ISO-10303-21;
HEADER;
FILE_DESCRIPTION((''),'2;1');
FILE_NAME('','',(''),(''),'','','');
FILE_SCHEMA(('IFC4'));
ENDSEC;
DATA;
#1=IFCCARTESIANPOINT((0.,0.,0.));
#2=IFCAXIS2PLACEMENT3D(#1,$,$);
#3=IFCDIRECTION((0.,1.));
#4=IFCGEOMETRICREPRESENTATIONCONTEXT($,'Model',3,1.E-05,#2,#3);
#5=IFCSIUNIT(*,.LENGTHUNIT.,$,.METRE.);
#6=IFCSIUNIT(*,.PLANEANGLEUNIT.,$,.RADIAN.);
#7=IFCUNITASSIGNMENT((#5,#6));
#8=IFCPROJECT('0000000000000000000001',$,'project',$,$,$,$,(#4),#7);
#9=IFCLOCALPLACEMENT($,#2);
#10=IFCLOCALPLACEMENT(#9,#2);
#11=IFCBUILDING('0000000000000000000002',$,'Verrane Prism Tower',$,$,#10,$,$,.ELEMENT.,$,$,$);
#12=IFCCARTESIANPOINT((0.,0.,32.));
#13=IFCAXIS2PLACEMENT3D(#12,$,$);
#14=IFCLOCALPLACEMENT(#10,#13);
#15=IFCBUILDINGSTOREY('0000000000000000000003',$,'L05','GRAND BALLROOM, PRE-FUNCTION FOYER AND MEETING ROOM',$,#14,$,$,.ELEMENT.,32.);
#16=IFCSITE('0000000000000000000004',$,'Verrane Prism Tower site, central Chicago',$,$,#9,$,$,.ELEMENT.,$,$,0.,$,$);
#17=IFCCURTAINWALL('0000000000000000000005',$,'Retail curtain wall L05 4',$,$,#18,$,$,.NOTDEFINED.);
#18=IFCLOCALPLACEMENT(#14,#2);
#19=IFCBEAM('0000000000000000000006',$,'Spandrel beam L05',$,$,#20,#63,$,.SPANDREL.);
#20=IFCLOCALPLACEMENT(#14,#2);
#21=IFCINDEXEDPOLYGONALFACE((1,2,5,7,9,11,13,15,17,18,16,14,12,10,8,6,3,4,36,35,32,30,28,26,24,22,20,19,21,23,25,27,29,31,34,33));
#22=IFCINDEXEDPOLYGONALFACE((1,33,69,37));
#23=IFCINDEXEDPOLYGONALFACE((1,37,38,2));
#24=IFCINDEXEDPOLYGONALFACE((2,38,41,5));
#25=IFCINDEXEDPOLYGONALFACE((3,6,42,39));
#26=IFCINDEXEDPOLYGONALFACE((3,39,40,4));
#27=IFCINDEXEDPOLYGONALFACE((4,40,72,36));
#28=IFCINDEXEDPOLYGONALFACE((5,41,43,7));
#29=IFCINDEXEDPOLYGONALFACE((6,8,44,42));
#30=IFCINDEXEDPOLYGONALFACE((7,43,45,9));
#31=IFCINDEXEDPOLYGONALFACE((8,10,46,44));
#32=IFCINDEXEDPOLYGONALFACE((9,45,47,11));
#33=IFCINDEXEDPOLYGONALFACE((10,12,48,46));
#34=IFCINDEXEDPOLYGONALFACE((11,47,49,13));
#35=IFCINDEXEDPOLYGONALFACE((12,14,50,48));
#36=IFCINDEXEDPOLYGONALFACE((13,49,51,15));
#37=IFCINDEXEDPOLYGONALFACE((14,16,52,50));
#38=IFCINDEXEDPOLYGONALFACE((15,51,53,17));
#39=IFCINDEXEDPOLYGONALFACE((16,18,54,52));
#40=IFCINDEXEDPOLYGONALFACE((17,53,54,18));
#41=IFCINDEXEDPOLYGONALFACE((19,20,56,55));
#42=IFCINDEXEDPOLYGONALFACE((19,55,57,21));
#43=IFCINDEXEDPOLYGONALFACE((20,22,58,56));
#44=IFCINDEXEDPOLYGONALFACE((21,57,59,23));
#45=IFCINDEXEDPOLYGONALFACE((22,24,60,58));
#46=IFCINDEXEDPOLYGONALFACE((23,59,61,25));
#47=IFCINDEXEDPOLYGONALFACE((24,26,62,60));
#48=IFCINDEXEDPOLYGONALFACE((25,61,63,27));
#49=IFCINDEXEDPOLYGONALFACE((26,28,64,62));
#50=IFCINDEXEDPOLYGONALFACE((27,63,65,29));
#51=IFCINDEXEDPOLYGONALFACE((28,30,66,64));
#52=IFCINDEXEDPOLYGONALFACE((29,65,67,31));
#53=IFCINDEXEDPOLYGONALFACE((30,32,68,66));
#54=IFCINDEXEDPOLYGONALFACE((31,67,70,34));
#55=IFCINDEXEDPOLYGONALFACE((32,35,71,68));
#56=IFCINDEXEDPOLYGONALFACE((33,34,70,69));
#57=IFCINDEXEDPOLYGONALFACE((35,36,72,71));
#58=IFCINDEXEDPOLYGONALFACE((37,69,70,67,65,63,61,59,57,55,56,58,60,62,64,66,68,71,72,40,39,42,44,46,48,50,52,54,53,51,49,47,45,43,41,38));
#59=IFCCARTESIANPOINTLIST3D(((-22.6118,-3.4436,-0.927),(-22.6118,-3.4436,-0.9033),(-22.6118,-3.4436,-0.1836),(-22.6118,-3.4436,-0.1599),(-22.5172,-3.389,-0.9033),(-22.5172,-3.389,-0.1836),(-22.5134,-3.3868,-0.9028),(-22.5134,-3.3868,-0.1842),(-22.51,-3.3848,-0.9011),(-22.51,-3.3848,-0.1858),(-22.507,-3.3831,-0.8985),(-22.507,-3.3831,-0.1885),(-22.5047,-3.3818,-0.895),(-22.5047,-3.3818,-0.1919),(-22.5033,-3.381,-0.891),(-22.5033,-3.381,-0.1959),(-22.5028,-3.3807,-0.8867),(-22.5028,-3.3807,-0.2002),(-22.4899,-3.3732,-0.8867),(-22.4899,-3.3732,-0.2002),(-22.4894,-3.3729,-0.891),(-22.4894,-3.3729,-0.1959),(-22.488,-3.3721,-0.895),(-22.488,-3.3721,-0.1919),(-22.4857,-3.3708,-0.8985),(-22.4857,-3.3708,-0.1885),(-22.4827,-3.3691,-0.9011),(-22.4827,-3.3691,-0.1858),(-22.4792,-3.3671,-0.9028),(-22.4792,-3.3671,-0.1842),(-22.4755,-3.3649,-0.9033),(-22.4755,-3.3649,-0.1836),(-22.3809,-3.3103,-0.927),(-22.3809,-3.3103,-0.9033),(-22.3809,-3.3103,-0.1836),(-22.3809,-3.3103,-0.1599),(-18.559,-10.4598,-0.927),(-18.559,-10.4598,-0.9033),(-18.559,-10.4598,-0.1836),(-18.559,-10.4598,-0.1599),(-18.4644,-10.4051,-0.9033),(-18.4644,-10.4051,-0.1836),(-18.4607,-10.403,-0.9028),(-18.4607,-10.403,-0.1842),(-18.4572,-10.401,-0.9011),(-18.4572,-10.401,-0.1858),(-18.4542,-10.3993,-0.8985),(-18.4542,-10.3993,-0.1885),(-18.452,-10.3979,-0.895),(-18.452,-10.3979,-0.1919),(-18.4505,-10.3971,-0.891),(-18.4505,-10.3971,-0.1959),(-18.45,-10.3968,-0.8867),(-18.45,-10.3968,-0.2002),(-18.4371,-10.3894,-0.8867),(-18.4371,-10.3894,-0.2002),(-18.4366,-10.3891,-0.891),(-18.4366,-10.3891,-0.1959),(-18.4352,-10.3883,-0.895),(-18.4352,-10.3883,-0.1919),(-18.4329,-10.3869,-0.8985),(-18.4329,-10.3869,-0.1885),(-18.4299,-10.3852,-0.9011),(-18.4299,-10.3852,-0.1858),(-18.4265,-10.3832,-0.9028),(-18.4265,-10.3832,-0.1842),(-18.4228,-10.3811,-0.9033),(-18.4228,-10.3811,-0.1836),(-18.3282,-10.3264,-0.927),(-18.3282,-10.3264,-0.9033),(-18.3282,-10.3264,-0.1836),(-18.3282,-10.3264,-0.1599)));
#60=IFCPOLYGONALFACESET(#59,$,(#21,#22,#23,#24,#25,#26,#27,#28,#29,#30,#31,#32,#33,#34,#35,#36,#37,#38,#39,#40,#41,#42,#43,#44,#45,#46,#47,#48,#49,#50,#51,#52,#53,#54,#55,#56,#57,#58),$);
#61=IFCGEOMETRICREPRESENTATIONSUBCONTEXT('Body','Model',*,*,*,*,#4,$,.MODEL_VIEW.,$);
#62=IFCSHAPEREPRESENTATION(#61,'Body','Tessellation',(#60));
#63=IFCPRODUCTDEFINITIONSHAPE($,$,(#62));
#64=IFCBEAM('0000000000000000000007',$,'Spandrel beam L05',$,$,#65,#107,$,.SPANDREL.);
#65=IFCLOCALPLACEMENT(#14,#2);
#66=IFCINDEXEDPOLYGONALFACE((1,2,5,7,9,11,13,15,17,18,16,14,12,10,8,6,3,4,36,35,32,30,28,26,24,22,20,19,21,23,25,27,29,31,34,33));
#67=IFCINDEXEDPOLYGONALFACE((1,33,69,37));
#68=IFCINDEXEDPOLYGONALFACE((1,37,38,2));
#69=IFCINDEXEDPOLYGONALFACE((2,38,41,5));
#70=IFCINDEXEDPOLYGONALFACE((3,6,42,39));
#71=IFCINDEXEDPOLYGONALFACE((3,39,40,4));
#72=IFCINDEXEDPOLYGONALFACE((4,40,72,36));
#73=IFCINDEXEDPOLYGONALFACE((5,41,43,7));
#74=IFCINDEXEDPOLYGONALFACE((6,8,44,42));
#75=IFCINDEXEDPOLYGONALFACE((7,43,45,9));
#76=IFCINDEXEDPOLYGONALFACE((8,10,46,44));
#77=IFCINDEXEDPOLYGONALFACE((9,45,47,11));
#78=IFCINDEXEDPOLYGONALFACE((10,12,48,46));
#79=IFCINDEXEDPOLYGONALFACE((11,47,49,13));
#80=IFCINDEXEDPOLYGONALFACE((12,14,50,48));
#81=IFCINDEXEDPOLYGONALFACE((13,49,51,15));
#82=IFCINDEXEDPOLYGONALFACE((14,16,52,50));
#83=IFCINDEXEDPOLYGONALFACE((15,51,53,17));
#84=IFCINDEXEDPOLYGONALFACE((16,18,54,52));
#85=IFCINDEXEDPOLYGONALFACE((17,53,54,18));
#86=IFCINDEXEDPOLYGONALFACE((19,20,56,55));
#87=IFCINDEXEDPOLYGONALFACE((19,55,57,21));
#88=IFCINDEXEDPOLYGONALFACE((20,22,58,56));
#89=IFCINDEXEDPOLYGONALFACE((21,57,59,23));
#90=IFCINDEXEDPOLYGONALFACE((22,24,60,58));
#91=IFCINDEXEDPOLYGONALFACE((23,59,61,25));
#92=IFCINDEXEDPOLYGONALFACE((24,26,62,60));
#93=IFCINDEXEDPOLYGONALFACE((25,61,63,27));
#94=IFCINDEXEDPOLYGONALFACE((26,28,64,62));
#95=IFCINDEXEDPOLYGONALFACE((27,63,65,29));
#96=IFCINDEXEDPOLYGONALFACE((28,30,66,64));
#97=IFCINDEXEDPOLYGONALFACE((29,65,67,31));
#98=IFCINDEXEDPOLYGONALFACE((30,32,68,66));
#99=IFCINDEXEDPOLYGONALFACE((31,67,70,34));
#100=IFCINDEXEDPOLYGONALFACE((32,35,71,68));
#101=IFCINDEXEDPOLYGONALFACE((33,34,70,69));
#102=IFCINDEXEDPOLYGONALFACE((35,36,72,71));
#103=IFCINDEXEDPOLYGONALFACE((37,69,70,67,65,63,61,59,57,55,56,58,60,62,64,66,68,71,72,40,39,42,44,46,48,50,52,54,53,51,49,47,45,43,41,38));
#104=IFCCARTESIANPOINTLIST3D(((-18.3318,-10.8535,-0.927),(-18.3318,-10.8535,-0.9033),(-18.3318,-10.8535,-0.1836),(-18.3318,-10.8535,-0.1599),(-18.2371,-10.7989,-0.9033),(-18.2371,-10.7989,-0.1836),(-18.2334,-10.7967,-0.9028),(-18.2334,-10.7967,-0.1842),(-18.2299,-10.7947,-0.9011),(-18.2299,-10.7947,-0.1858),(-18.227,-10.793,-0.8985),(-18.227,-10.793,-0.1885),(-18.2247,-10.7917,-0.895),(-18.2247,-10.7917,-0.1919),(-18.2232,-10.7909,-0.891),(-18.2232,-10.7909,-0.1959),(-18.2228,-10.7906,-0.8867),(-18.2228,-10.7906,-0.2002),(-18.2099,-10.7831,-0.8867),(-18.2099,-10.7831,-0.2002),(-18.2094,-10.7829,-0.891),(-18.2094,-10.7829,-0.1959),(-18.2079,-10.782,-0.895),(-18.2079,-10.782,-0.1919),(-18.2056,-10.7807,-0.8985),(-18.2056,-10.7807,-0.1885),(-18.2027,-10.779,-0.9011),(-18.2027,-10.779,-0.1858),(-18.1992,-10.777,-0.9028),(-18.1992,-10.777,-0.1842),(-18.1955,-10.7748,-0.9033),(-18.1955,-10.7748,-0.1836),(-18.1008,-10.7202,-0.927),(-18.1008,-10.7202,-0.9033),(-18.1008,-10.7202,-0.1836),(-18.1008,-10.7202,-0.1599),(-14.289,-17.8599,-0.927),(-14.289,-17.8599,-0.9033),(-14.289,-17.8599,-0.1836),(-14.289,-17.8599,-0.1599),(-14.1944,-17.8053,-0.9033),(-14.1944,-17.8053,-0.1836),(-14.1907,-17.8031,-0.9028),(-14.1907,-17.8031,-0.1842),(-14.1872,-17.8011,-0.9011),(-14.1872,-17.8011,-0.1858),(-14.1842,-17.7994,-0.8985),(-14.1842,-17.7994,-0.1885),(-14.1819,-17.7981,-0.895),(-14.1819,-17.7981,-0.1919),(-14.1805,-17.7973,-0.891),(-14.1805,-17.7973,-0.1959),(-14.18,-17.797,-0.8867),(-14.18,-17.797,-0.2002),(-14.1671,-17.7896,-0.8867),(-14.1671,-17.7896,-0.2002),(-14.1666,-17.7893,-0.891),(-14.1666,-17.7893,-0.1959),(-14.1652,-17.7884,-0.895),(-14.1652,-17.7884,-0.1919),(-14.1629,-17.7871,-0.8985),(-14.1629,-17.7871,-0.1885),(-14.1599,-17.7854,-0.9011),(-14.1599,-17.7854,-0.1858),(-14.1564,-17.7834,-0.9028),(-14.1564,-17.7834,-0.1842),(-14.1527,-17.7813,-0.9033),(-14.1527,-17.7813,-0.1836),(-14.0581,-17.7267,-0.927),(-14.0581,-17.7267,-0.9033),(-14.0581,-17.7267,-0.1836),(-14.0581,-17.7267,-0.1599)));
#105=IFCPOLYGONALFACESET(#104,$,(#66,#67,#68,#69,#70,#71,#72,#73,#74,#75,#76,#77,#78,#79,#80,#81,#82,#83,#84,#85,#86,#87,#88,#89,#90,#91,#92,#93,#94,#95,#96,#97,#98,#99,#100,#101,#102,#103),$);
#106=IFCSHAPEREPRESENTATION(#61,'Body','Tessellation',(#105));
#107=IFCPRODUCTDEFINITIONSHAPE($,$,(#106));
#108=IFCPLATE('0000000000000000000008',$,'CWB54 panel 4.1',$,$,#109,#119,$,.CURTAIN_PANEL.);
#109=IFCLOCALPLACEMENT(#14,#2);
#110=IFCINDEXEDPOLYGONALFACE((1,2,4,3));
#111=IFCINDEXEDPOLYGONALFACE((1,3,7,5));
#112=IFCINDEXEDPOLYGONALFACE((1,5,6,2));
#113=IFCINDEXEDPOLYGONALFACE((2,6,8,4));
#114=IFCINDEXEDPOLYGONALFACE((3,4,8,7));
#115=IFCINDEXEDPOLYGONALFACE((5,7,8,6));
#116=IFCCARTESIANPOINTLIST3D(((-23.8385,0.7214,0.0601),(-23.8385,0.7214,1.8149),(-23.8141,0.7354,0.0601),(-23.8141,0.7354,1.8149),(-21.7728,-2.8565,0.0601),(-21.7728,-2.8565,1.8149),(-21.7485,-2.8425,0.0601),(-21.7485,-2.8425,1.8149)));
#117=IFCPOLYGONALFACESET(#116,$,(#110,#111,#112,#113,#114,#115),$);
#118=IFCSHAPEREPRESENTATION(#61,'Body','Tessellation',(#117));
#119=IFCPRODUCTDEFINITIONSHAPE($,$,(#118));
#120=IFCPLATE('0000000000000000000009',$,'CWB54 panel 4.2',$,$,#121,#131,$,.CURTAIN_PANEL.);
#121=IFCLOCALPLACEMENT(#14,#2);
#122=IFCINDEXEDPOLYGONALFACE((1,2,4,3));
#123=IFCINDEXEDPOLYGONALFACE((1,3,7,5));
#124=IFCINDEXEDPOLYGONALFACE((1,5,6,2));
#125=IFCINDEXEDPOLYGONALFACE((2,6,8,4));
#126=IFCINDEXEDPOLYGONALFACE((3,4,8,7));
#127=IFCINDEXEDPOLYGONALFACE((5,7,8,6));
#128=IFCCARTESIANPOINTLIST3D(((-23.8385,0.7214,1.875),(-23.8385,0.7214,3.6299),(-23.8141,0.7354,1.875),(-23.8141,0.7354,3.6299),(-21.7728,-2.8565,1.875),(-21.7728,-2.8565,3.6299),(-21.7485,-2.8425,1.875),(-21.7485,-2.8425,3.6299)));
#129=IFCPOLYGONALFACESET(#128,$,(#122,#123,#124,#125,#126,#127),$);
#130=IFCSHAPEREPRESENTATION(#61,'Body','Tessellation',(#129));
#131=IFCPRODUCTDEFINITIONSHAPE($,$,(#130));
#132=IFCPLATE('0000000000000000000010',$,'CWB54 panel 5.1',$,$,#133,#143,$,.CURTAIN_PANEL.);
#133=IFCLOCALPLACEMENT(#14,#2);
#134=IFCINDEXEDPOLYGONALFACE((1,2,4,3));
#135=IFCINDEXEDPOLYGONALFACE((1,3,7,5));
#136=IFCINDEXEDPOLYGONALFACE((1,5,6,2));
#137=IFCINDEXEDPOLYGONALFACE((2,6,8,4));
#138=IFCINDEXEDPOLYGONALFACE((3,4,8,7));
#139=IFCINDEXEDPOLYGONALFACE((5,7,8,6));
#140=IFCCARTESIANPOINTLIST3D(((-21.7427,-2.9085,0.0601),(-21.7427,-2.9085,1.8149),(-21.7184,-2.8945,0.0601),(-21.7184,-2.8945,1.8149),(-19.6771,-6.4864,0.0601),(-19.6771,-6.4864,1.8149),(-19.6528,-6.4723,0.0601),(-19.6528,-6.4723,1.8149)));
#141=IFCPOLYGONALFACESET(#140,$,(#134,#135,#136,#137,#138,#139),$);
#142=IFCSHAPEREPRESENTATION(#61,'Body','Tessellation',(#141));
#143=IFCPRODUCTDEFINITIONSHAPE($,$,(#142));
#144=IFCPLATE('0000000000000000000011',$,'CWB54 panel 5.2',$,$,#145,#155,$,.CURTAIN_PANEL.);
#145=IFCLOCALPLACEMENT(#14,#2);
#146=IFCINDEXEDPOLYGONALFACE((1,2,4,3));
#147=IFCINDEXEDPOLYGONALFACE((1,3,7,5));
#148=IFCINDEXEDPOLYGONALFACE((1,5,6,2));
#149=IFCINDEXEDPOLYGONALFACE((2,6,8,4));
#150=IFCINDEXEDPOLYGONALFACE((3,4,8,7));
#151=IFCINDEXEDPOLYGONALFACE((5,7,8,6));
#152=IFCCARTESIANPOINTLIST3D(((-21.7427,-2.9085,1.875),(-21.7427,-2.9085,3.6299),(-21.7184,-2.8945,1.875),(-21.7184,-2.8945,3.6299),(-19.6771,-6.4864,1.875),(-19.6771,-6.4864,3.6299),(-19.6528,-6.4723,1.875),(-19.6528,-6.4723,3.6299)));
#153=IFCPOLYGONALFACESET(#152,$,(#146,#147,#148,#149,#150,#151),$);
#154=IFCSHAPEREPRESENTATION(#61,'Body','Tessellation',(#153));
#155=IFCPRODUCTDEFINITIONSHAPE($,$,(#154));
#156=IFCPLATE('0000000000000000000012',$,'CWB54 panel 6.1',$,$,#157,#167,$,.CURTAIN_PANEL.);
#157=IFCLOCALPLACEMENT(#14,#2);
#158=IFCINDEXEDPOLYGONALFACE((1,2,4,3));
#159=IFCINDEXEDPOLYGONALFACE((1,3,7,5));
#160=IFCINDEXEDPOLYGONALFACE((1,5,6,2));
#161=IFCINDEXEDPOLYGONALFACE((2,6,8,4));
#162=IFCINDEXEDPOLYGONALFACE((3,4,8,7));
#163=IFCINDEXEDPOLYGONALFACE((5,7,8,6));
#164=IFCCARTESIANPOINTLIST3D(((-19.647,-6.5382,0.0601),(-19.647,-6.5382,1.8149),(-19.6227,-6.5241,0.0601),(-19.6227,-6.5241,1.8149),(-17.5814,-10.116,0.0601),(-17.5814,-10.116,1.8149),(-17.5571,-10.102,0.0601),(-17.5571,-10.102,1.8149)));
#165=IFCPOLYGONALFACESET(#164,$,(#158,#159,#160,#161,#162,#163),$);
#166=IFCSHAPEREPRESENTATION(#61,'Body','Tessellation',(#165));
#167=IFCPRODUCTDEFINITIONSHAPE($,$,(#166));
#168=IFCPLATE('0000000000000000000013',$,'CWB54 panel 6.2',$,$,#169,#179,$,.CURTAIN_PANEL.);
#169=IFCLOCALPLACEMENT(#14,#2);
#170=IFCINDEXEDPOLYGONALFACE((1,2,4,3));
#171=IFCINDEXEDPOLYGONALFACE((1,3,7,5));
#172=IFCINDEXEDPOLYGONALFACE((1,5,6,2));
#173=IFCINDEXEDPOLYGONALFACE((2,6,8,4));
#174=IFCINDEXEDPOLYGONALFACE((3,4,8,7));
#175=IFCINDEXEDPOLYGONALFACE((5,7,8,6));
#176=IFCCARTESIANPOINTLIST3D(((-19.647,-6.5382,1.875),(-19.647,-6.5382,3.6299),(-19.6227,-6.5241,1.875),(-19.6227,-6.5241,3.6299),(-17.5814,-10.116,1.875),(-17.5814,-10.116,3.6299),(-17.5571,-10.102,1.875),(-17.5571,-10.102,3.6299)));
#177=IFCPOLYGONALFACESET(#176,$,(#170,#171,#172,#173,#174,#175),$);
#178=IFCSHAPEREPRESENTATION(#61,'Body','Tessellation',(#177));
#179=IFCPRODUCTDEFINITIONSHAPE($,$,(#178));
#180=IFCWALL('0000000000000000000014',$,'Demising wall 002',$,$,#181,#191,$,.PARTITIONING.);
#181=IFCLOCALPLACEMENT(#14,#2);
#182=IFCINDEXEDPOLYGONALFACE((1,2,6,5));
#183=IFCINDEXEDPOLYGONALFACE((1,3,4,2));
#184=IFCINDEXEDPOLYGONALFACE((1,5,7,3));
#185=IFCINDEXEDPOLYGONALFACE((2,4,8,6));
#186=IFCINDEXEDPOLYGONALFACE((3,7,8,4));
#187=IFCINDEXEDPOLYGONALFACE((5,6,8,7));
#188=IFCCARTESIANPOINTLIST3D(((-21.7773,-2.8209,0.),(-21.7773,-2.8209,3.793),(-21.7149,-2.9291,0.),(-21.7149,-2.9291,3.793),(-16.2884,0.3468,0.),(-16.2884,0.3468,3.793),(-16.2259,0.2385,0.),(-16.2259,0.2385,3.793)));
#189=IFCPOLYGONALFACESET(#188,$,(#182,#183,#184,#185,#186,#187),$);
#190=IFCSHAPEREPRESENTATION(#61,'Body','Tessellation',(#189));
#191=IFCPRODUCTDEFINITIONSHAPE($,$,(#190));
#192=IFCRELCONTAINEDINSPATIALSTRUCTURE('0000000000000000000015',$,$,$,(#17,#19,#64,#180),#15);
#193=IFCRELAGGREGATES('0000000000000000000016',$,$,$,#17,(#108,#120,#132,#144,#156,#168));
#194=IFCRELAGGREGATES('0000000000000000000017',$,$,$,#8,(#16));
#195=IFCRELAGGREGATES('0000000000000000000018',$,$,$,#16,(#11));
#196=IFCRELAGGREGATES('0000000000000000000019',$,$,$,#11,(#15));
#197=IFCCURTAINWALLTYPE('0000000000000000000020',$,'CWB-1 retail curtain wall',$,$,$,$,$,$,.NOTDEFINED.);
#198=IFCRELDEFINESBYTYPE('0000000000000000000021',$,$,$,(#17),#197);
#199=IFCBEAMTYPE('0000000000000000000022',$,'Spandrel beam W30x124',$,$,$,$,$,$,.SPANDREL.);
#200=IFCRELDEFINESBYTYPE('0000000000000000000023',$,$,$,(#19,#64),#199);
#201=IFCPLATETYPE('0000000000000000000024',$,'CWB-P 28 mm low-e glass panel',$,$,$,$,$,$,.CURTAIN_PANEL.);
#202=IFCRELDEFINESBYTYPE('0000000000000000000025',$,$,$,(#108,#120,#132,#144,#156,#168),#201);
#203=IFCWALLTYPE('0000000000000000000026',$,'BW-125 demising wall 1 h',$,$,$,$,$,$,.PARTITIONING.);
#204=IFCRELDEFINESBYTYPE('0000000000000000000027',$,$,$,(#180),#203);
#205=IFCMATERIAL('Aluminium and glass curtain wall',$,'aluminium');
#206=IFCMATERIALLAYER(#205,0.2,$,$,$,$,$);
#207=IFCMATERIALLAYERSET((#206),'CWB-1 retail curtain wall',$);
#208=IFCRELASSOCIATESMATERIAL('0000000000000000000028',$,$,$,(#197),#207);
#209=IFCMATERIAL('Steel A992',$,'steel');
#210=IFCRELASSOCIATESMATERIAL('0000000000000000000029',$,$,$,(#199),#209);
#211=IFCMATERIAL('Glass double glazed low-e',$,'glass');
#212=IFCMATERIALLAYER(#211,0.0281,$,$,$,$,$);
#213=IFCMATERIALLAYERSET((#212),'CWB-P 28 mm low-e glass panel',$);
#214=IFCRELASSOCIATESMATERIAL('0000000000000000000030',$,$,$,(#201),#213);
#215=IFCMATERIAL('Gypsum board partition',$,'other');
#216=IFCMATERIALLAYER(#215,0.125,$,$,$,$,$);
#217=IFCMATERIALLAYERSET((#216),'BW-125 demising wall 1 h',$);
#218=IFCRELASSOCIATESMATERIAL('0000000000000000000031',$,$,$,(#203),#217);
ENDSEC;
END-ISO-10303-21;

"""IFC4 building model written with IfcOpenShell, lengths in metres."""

from ifc_helpers import new_model, si_unit, direction, frame, frame_2d, origin, origin_2d, place, context, subcontext, project, spatial, rectangle, i_section, extrude, material, layer, layer_set, material_profile, profile_set, type_object, element, aggregate, save


model = new_model("IFC4")

# Units and contexts
model_context = context("Model", 3, precision=1e-05, world=origin(), true_north=direction((0.0, 1.0)))
body_context = subcontext(model_context, "Body", "Model", "MODEL_VIEW")
ifc_project = project(units=[si_unit("LENGTHUNIT", "METRE"), si_unit("PLANEANGLEUNIT", "RADIAN")], contexts=[model_context])

# Site, building, storey
site_placement = place(None, origin())
site = spatial("IfcSite", under=ifc_project, at=site_placement, Name="Verrane Prism Tower site, central Chicago", CompositionType="ELEMENT", RefElevation=0.0)
building_placement = place(site_placement, origin())
building = spatial("IfcBuilding", under=site, at=building_placement, Name="Verrane Prism Tower", CompositionType="ELEMENT")
storey_placement = place(building_placement, frame((0.0, 0.0, 32.0)))
storey = spatial("IfcBuildingStorey", under=building, at=storey_placement, Name="L05", Description="GRAND BALLROOM, PRE-FUNCTION FOYER AND MEETING ROOM", CompositionType="ELEMENT", Elevation=32.0)

# Curtain wall
ifc_material_1 = material(Name="Aluminium and glass curtain wall", Category="aluminium")
ifc_layer_1 = layer(ifc_material_1, 0.2)
ifc_layer_set_1 = layer_set([ifc_layer_1], Name="CWB-1 retail curtain wall")
curtain_wall_type = type_object("IfcCurtainWallType", Name="CWB-1 retail curtain wall", PredefinedType="NOTDEFINED", material=ifc_layer_set_1)
curtain_wall_placement = place(storey_placement, origin())
curtain_wall = element("IfcCurtainWall", 1, at=curtain_wall_placement, inside=storey, type_object=curtain_wall_type, Name="Retail curtain wall L05 4", PredefinedType="NOTDEFINED")

# Beams
ifc_material_2 = material(Name="Steel A992", Category="steel")
ifc_material_profile_1 = material_profile(ifc_material_2, i_section(OverallWidth=0.2666, OverallDepth=0.7671, WebThickness=0.0149, FlangeThickness=0.0237, FilletRadius=0.0166, at=origin_2d()), Name="W30x124")
ifc_profile_set_1 = profile_set([ifc_material_profile_1], Name="Steel A992")
beam_type_1 = type_object("IfcBeamType", Name="Spandrel beam W30x124", PredefinedType="SPANDREL", material=ifc_profile_set_1)
beam_1_placement = place(storey_placement, frame((-22.4963, -3.377, -0.5435), z_axis=(0.500183, -0.86592, 0.0), x_axis=(0.86592, 0.500183, 0.0)))
element("IfcBeam", 2, at=beam_1_placement, inside=storey, type_object=beam_type_1, Name="Spandrel beam L05", PredefinedType="SPANDREL", context=body_context, shape_type="SweptSolid", body=[
    extrude(i_section(OverallWidth=0.2666, OverallDepth=0.7671, WebThickness=0.0149, FlangeThickness=0.0237, FilletRadius=0.0166, at=origin_2d()), origin(), (0.0, 0.0, 1.0), 8.1025),
])
beam_2_placement = place(storey_placement, frame((-18.2163, -10.7869, -0.5435), z_axis=(0.499778, -0.866153, 0.0), x_axis=(0.866153, 0.499778, 0.0)))
element("IfcBeam", 3, at=beam_2_placement, inside=storey, type_object=beam_type_1, Name="Spandrel beam L05", PredefinedType="SPANDREL", context=body_context, shape_type="SweptSolid", body=[
    extrude(i_section(OverallWidth=0.2666, OverallDepth=0.7671, WebThickness=0.0149, FlangeThickness=0.0237, FilletRadius=0.0166, at=origin_2d()), origin(), (0.0, 0.0, 1.0), 8.0891),
])

# Plates
ifc_material_3 = material(Name="Glass double glazed low-e", Category="glass")
ifc_layer_2 = layer(ifc_material_3, 0.0281)
ifc_layer_set_2 = layer_set([ifc_layer_2], Name="CWB-P 28 mm low-e glass panel")
plate_type = type_object("IfcPlateType", Name="CWB-P 28 mm low-e glass panel", PredefinedType="CURTAIN_PANEL", material=ifc_layer_set_2)
plate_1_placement = place(storey_placement, frame((-22.7935, -1.0605, 0.0601), z_axis=(0.0, 0.0, 1.0), x_axis=(0.5, -0.866025, 0.0)))
plate_1 = element("IfcPlate", 4, at=plate_1_placement, type_object=plate_type, Name="CWB54 panel 4.1", PredefinedType="CURTAIN_PANEL", context=body_context, shape_type="SweptSolid", body=[
    extrude(rectangle(XDim=4.1313, YDim=0.0281, at=origin_2d()), origin(), (0.0, 0.0, 1.0), 1.7549),
])
plate_2_placement = place(storey_placement, frame((-22.7935, -1.0605, 1.875), z_axis=(0.0, 0.0, 1.0), x_axis=(0.5, -0.866025, 0.0)))
plate_2 = element("IfcPlate", 5, at=plate_2_placement, type_object=plate_type, Name="CWB54 panel 4.2", PredefinedType="CURTAIN_PANEL", context=body_context, shape_type="SweptSolid", body=[
    extrude(rectangle(XDim=4.1313, YDim=0.0281, at=origin_2d()), origin(), (0.0, 0.0, 1.0), 1.7549),
])
plate_3_placement = place(storey_placement, frame((-20.6978, -4.6904, 0.0601), z_axis=(0.0, 0.0, 1.0), x_axis=(0.5, -0.866025, 0.0)))
plate_3 = element("IfcPlate", 6, at=plate_3_placement, type_object=plate_type, Name="CWB54 panel 5.1", PredefinedType="CURTAIN_PANEL", context=body_context, shape_type="SweptSolid", body=[
    extrude(rectangle(XDim=4.1313, YDim=0.0281, at=origin_2d()), origin(), (0.0, 0.0, 1.0), 1.7549),
])
plate_4_placement = place(storey_placement, frame((-20.6978, -4.6904, 1.875), z_axis=(0.0, 0.0, 1.0), x_axis=(0.5, -0.866025, 0.0)))
plate_4 = element("IfcPlate", 7, at=plate_4_placement, type_object=plate_type, Name="CWB54 panel 5.2", PredefinedType="CURTAIN_PANEL", context=body_context, shape_type="SweptSolid", body=[
    extrude(rectangle(XDim=4.1313, YDim=0.0281, at=origin_2d()), origin(), (0.0, 0.0, 1.0), 1.7549),
])
plate_5_placement = place(storey_placement, frame((-18.6021, -8.3201, 0.0601), z_axis=(0.0, 0.0, 1.0), x_axis=(0.5, -0.866025, 0.0)))
plate_5 = element("IfcPlate", 8, at=plate_5_placement, type_object=plate_type, Name="CWB54 panel 6.1", PredefinedType="CURTAIN_PANEL", context=body_context, shape_type="SweptSolid", body=[
    extrude(rectangle(XDim=4.1313, YDim=0.0281, at=origin_2d()), origin(), (0.0, 0.0, 1.0), 1.7549),
])
plate_6_placement = place(storey_placement, frame((-18.6021, -8.3201, 1.875), z_axis=(0.0, 0.0, 1.0), x_axis=(0.5, -0.866025, 0.0)))
plate_6 = element("IfcPlate", 9, at=plate_6_placement, type_object=plate_type, Name="CWB54 panel 6.2", PredefinedType="CURTAIN_PANEL", context=body_context, shape_type="SweptSolid", body=[
    extrude(rectangle(XDim=4.1313, YDim=0.0281, at=origin_2d()), origin(), (0.0, 0.0, 1.0), 1.7549),
])
aggregate(curtain_wall, [plate_1, plate_2, plate_3, plate_4, plate_5, plate_6])

# Wall
ifc_material_4 = material(Name="Gypsum board partition", Category="other")
ifc_layer_3 = layer(ifc_material_4, 0.125)
ifc_layer_set_3 = layer_set([ifc_layer_3], Name="BW-125 demising wall 1 h")
wall_type_1 = type_object("IfcWallType", Name="BW-125 demising wall 1 h", PredefinedType="PARTITIONING", material=ifc_layer_set_3)
wall_1_placement = place(storey_placement, frame((-21.7461, -2.875, 0.0), z_axis=(0.0, 0.0, 1.0), x_axis=(0.866118, 0.499839, 0.0)))
element("IfcWall", 10, at=wall_1_placement, inside=storey, type_object=wall_type_1, Name="Demising wall 002", PredefinedType="PARTITIONING", context=body_context, shape_type="SweptSolid", body=[
    extrude(rectangle(XDim=6.3374, YDim=0.125, at=frame_2d((3.1687, 0.0))), origin(), (0.0, 0.0, 1.0), 3.793),
])

save(model, "model.ifc")
